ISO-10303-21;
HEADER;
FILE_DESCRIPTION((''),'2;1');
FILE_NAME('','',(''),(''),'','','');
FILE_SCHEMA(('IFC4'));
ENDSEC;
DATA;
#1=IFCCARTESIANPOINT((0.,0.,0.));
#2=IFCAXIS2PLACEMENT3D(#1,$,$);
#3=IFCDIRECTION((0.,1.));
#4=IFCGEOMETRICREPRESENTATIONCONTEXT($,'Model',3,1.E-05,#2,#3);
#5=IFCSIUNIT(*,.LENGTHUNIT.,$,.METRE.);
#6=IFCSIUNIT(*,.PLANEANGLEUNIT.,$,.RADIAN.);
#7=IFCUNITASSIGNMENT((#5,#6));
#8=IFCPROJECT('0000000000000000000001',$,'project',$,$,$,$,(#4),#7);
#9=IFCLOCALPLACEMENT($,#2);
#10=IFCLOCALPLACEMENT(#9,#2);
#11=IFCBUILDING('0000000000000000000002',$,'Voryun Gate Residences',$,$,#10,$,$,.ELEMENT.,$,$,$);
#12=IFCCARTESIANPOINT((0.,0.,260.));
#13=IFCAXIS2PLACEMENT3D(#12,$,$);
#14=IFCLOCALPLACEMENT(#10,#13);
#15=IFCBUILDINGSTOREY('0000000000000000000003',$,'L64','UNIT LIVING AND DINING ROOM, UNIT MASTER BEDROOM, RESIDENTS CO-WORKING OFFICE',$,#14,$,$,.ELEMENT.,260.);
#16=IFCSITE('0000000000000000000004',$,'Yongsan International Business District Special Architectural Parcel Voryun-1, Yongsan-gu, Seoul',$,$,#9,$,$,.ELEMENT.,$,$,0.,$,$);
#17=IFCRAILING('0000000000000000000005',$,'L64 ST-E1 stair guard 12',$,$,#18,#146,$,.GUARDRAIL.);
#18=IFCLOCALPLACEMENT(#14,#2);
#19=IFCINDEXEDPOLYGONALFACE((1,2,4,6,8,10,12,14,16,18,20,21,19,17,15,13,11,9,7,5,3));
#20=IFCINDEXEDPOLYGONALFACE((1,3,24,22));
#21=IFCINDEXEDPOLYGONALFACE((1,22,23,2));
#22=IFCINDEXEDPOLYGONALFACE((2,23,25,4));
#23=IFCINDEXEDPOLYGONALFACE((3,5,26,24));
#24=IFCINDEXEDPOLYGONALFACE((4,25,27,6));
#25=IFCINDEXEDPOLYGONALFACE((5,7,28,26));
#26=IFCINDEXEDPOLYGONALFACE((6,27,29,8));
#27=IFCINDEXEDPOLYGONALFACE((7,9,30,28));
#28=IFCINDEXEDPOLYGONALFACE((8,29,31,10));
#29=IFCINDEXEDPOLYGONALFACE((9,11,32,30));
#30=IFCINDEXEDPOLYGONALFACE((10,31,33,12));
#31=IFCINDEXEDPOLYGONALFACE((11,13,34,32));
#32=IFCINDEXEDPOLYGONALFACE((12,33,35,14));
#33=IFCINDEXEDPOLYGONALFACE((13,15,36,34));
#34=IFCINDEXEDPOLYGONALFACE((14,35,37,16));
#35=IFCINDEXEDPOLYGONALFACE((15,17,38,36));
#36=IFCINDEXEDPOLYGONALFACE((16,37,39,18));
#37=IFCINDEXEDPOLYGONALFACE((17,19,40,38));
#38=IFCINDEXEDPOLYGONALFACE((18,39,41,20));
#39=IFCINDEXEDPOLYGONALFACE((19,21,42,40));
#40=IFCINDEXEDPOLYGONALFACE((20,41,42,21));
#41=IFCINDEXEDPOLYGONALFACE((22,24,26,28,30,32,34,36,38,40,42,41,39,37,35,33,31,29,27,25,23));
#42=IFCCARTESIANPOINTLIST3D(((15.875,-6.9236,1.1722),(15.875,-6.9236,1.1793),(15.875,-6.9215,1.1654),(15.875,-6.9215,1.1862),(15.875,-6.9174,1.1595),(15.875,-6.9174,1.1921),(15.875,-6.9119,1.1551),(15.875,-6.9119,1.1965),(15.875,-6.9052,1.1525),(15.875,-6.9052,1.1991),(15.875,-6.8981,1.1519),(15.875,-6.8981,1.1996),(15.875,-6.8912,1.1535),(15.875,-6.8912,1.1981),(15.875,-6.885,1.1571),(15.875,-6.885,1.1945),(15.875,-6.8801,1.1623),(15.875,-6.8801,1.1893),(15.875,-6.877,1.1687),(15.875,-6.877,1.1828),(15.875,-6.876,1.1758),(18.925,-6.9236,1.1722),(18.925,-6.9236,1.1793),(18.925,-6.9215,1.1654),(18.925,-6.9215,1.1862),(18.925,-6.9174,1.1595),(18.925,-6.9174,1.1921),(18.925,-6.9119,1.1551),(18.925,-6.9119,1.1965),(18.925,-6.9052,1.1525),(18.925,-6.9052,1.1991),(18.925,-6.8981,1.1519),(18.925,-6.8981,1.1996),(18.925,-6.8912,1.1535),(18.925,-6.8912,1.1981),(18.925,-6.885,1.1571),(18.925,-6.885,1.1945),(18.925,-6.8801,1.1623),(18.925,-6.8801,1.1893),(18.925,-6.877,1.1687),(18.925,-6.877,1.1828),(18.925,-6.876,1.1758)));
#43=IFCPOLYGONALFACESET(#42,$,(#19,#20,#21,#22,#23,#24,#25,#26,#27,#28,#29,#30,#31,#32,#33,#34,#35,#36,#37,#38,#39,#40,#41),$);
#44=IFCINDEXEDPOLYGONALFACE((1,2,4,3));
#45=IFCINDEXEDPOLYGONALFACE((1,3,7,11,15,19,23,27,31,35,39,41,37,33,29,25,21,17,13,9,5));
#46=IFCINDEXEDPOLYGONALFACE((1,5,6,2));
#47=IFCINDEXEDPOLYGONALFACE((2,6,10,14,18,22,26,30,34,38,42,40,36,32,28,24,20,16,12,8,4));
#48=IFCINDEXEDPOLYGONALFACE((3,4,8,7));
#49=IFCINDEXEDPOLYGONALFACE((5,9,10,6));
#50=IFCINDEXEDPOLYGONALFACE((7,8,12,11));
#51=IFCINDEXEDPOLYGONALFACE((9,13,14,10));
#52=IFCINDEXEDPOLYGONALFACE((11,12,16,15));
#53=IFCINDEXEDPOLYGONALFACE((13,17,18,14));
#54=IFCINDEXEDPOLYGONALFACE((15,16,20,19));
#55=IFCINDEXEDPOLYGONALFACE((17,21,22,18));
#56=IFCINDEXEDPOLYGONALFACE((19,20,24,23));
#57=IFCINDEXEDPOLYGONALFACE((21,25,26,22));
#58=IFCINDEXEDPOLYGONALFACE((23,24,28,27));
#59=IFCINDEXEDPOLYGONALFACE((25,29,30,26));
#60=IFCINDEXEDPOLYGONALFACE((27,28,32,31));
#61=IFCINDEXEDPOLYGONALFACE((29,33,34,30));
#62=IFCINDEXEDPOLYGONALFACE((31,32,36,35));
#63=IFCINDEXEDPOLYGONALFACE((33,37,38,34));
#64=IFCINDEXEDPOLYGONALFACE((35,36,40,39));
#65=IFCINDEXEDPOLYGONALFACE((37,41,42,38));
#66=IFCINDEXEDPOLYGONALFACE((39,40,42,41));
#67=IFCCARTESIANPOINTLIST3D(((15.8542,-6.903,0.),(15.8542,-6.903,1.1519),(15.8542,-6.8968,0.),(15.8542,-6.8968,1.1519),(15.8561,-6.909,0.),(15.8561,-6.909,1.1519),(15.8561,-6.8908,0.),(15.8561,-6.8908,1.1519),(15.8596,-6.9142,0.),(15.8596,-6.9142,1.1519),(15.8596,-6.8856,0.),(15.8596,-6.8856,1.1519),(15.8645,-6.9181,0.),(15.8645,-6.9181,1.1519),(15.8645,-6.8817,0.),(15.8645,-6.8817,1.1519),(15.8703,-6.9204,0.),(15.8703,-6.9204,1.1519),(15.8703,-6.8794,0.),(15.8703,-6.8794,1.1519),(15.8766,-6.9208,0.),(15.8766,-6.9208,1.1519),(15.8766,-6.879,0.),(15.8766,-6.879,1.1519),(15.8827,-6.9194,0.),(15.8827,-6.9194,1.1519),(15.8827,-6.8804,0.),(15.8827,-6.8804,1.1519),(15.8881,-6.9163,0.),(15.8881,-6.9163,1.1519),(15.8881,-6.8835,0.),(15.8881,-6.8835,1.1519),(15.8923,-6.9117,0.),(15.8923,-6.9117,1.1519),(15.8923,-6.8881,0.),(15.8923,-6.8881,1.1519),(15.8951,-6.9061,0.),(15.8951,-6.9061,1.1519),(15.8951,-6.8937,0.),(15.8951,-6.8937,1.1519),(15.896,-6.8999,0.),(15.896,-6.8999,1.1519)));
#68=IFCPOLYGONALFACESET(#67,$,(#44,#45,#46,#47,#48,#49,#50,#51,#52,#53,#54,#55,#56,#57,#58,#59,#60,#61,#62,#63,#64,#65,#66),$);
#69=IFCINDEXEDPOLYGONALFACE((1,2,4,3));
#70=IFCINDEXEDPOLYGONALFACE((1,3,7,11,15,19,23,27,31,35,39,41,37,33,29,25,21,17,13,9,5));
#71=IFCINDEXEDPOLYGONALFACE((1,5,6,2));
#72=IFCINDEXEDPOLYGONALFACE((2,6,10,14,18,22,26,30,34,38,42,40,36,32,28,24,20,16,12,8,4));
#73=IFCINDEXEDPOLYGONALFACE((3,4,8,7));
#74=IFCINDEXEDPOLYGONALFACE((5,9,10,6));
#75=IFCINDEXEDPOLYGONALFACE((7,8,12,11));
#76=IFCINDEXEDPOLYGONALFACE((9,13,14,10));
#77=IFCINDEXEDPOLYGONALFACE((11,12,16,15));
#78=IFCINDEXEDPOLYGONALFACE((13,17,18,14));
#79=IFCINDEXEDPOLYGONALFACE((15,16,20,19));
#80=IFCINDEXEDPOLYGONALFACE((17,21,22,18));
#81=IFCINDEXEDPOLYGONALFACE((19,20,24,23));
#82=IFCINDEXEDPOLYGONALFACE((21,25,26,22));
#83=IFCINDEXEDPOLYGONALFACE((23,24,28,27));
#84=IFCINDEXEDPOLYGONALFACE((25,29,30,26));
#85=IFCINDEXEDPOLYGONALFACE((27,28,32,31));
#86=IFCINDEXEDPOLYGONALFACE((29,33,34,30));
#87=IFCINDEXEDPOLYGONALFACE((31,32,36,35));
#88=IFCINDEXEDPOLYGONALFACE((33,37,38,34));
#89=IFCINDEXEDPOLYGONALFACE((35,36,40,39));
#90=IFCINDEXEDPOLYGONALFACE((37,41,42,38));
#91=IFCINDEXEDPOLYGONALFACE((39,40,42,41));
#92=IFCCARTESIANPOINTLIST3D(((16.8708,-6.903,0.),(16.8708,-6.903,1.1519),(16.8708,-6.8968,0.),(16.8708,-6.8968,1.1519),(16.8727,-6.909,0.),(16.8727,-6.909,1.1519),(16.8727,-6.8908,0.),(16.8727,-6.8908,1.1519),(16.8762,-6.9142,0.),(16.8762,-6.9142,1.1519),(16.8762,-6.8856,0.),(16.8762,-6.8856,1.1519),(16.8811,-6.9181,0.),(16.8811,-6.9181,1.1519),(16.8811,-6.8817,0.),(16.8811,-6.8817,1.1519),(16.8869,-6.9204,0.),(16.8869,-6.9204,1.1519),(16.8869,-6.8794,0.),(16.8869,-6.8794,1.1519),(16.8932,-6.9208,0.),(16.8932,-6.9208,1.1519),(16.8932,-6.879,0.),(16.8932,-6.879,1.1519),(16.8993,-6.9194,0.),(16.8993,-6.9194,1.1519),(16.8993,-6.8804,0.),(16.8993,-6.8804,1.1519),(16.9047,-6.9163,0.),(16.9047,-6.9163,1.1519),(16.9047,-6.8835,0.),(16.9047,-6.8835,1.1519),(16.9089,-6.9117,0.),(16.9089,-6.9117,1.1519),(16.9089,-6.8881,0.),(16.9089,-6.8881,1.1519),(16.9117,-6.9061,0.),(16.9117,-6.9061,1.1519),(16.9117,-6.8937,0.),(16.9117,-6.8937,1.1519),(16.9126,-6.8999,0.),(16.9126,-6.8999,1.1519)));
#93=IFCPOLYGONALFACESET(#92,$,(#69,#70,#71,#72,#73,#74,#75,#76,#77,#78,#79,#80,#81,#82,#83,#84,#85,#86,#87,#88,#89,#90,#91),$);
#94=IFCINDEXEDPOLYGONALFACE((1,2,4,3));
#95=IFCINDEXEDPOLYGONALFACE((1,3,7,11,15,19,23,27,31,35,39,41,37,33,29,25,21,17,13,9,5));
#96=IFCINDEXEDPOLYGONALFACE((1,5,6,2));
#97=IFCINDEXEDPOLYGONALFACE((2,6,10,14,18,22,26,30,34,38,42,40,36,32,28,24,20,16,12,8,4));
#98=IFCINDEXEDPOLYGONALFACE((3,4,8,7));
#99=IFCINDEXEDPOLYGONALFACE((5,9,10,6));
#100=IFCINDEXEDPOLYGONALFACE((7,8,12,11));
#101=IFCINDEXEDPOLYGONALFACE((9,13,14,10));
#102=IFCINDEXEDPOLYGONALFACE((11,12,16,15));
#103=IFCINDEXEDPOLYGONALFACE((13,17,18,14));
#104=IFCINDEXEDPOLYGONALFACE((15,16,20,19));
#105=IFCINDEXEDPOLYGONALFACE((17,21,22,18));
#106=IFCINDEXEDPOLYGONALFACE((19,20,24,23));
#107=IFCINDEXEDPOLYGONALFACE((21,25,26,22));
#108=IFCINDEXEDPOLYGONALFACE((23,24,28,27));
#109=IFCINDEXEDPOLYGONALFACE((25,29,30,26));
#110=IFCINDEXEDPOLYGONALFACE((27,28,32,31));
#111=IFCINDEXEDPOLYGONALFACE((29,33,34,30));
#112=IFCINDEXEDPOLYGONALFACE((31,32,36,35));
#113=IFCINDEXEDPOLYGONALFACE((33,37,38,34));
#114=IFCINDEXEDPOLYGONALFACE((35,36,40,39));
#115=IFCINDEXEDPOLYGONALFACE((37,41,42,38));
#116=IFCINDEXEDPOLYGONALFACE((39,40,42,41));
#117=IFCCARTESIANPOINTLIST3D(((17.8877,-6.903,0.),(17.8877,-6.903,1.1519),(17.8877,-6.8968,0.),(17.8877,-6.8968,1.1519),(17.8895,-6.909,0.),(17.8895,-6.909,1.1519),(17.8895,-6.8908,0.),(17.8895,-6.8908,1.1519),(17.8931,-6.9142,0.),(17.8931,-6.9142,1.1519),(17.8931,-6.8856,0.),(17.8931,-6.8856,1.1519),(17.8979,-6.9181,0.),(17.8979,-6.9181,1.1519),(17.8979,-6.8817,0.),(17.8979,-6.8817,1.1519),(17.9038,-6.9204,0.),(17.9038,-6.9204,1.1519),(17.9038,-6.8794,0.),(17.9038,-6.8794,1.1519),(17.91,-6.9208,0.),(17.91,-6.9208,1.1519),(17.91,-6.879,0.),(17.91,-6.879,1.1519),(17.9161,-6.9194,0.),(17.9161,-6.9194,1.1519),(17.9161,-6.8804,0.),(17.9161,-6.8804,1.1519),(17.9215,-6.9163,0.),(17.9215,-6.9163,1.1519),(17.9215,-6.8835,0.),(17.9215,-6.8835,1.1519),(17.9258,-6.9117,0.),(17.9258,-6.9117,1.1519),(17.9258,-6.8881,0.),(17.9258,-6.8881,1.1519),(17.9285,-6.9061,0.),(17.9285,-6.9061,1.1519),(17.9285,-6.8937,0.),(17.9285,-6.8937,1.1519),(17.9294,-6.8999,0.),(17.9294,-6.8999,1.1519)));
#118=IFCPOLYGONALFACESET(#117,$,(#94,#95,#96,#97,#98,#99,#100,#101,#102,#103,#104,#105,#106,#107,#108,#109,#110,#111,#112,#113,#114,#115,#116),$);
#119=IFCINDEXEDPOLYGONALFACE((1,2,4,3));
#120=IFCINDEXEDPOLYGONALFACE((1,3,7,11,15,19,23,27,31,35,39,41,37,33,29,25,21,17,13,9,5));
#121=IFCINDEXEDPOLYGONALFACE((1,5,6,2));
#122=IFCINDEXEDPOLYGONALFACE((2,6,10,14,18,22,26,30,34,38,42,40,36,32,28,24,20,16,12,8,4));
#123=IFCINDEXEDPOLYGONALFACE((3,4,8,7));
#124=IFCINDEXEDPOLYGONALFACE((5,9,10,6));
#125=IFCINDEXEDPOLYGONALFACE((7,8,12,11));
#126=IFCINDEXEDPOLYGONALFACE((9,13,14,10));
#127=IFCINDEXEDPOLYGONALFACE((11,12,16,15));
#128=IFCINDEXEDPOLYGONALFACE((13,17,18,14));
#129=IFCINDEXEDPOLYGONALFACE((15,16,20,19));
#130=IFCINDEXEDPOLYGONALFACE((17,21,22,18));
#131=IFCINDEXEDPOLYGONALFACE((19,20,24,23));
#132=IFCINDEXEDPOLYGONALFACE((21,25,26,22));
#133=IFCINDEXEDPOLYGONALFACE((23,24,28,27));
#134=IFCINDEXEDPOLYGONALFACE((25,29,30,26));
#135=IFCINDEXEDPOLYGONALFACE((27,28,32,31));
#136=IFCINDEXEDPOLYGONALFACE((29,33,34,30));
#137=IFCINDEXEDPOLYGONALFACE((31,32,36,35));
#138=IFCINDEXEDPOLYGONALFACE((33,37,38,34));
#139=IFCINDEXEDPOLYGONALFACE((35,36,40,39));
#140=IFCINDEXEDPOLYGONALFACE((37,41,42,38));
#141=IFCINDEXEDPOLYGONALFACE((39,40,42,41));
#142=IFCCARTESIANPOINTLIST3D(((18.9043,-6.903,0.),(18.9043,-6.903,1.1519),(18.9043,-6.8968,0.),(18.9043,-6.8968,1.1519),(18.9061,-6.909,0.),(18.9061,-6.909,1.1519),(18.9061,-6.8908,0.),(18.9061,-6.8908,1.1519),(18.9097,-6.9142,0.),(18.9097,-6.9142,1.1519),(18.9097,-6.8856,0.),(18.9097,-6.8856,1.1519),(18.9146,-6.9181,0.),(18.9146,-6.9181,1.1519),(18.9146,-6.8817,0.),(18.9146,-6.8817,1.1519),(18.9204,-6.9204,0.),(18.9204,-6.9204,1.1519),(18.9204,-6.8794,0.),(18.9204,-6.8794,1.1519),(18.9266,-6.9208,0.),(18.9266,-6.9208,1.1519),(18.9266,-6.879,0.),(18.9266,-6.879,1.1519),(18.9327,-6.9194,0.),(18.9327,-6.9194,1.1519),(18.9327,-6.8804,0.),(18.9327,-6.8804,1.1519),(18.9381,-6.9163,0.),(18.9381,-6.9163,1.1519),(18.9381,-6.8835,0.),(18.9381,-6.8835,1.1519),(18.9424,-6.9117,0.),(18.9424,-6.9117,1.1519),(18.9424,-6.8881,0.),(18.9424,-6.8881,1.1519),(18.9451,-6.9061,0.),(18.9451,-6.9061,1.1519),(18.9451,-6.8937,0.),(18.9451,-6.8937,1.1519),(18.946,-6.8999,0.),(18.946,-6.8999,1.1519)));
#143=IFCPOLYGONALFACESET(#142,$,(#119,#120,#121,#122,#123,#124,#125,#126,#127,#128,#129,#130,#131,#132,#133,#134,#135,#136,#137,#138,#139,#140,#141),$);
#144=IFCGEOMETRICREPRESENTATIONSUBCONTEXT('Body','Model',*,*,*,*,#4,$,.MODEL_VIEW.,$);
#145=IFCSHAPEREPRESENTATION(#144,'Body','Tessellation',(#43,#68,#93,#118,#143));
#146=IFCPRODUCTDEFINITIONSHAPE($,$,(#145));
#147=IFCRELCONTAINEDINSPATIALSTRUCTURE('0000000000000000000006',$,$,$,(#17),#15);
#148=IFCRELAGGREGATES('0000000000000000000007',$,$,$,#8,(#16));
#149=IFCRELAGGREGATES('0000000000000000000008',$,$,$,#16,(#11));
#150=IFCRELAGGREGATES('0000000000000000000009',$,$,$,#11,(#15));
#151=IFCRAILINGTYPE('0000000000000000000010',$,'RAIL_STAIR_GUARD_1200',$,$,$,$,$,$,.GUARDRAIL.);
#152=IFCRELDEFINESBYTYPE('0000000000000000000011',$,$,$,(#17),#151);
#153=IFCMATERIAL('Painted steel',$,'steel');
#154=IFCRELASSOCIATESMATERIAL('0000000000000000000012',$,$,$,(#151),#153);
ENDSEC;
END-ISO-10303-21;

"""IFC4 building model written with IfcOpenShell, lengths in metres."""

from ifc_helpers import new_model, si_unit, direction, frame, origin, origin_2d, place, context, subcontext, project, spatial, circle, extrude, material, type_object, element, save


model = new_model("IFC4")

# Units and contexts
model_context = context("Model", 3, precision=1e-05, world=origin(), true_north=direction((0.0, 1.0)))
body_context = subcontext(model_context, "Body", "Model", "MODEL_VIEW")
ifc_project = project(units=[si_unit("LENGTHUNIT", "METRE"), si_unit("PLANEANGLEUNIT", "RADIAN")], contexts=[model_context])

# Site, building, storey
site_placement = place(None, origin())
site = spatial("IfcSite", under=ifc_project, at=site_placement, Name="Yongsan International Business District Special Architectural Parcel Voryun-1, Yongsan-gu, Seoul", CompositionType="ELEMENT", RefElevation=0.0)
building_placement = place(site_placement, origin())
building = spatial("IfcBuilding", under=site, at=building_placement, Name="Voryun Gate Residences", CompositionType="ELEMENT")
storey_placement = place(building_placement, frame((0.0, 0.0, 260.0)))
storey = spatial("IfcBuildingStorey", under=building, at=storey_placement, Name="L64", Description="UNIT LIVING AND DINING ROOM, UNIT MASTER BEDROOM, RESIDENTS CO-WORKING OFFICE", CompositionType="ELEMENT", Elevation=260.0)

# Railing
ifc_material_1 = material(Name="Painted steel", Category="steel")
railing_type_1 = type_object("IfcRailingType", Name="RAIL_STAIR_GUARD_1200", PredefinedType="GUARDRAIL", material=ifc_material_1)
railing_1_placement = place(storey_placement, frame((15.875, -6.8999, 0.0)))
element("IfcRailing", 1, at=railing_1_placement, inside=storey, type_object=railing_type_1, Name="L64 ST-E1 stair guard 12", PredefinedType="GUARDRAIL", context=body_context, shape_type="SweptSolid", body=[
    extrude(circle(Radius=0.0239, at=origin_2d()), frame((0.0, 0.0, 1.1758), z_axis=(1.0, 0.0, 0.0), x_axis=(0.0, 1.0, 0.0)), (0.0, 0.0, 1.0), 3.05),
    extrude(circle(Radius=0.021, at=origin_2d()), origin(), (0.0, 0.0, 1.0), 1.1519),
    extrude(circle(Radius=0.021, at=origin_2d()), frame((1.0166, 0.0, 0.0)), (0.0, 0.0, 1.0), 1.1519),
    extrude(circle(Radius=0.021, at=origin_2d()), frame((2.0334, 0.0, 0.0)), (0.0, 0.0, 1.0), 1.1519),
    extrude(circle(Radius=0.021, at=origin_2d()), frame((3.05, 0.0, 0.0)), (0.0, 0.0, 1.0), 1.1519),
])

save(model, "model.ifc")
